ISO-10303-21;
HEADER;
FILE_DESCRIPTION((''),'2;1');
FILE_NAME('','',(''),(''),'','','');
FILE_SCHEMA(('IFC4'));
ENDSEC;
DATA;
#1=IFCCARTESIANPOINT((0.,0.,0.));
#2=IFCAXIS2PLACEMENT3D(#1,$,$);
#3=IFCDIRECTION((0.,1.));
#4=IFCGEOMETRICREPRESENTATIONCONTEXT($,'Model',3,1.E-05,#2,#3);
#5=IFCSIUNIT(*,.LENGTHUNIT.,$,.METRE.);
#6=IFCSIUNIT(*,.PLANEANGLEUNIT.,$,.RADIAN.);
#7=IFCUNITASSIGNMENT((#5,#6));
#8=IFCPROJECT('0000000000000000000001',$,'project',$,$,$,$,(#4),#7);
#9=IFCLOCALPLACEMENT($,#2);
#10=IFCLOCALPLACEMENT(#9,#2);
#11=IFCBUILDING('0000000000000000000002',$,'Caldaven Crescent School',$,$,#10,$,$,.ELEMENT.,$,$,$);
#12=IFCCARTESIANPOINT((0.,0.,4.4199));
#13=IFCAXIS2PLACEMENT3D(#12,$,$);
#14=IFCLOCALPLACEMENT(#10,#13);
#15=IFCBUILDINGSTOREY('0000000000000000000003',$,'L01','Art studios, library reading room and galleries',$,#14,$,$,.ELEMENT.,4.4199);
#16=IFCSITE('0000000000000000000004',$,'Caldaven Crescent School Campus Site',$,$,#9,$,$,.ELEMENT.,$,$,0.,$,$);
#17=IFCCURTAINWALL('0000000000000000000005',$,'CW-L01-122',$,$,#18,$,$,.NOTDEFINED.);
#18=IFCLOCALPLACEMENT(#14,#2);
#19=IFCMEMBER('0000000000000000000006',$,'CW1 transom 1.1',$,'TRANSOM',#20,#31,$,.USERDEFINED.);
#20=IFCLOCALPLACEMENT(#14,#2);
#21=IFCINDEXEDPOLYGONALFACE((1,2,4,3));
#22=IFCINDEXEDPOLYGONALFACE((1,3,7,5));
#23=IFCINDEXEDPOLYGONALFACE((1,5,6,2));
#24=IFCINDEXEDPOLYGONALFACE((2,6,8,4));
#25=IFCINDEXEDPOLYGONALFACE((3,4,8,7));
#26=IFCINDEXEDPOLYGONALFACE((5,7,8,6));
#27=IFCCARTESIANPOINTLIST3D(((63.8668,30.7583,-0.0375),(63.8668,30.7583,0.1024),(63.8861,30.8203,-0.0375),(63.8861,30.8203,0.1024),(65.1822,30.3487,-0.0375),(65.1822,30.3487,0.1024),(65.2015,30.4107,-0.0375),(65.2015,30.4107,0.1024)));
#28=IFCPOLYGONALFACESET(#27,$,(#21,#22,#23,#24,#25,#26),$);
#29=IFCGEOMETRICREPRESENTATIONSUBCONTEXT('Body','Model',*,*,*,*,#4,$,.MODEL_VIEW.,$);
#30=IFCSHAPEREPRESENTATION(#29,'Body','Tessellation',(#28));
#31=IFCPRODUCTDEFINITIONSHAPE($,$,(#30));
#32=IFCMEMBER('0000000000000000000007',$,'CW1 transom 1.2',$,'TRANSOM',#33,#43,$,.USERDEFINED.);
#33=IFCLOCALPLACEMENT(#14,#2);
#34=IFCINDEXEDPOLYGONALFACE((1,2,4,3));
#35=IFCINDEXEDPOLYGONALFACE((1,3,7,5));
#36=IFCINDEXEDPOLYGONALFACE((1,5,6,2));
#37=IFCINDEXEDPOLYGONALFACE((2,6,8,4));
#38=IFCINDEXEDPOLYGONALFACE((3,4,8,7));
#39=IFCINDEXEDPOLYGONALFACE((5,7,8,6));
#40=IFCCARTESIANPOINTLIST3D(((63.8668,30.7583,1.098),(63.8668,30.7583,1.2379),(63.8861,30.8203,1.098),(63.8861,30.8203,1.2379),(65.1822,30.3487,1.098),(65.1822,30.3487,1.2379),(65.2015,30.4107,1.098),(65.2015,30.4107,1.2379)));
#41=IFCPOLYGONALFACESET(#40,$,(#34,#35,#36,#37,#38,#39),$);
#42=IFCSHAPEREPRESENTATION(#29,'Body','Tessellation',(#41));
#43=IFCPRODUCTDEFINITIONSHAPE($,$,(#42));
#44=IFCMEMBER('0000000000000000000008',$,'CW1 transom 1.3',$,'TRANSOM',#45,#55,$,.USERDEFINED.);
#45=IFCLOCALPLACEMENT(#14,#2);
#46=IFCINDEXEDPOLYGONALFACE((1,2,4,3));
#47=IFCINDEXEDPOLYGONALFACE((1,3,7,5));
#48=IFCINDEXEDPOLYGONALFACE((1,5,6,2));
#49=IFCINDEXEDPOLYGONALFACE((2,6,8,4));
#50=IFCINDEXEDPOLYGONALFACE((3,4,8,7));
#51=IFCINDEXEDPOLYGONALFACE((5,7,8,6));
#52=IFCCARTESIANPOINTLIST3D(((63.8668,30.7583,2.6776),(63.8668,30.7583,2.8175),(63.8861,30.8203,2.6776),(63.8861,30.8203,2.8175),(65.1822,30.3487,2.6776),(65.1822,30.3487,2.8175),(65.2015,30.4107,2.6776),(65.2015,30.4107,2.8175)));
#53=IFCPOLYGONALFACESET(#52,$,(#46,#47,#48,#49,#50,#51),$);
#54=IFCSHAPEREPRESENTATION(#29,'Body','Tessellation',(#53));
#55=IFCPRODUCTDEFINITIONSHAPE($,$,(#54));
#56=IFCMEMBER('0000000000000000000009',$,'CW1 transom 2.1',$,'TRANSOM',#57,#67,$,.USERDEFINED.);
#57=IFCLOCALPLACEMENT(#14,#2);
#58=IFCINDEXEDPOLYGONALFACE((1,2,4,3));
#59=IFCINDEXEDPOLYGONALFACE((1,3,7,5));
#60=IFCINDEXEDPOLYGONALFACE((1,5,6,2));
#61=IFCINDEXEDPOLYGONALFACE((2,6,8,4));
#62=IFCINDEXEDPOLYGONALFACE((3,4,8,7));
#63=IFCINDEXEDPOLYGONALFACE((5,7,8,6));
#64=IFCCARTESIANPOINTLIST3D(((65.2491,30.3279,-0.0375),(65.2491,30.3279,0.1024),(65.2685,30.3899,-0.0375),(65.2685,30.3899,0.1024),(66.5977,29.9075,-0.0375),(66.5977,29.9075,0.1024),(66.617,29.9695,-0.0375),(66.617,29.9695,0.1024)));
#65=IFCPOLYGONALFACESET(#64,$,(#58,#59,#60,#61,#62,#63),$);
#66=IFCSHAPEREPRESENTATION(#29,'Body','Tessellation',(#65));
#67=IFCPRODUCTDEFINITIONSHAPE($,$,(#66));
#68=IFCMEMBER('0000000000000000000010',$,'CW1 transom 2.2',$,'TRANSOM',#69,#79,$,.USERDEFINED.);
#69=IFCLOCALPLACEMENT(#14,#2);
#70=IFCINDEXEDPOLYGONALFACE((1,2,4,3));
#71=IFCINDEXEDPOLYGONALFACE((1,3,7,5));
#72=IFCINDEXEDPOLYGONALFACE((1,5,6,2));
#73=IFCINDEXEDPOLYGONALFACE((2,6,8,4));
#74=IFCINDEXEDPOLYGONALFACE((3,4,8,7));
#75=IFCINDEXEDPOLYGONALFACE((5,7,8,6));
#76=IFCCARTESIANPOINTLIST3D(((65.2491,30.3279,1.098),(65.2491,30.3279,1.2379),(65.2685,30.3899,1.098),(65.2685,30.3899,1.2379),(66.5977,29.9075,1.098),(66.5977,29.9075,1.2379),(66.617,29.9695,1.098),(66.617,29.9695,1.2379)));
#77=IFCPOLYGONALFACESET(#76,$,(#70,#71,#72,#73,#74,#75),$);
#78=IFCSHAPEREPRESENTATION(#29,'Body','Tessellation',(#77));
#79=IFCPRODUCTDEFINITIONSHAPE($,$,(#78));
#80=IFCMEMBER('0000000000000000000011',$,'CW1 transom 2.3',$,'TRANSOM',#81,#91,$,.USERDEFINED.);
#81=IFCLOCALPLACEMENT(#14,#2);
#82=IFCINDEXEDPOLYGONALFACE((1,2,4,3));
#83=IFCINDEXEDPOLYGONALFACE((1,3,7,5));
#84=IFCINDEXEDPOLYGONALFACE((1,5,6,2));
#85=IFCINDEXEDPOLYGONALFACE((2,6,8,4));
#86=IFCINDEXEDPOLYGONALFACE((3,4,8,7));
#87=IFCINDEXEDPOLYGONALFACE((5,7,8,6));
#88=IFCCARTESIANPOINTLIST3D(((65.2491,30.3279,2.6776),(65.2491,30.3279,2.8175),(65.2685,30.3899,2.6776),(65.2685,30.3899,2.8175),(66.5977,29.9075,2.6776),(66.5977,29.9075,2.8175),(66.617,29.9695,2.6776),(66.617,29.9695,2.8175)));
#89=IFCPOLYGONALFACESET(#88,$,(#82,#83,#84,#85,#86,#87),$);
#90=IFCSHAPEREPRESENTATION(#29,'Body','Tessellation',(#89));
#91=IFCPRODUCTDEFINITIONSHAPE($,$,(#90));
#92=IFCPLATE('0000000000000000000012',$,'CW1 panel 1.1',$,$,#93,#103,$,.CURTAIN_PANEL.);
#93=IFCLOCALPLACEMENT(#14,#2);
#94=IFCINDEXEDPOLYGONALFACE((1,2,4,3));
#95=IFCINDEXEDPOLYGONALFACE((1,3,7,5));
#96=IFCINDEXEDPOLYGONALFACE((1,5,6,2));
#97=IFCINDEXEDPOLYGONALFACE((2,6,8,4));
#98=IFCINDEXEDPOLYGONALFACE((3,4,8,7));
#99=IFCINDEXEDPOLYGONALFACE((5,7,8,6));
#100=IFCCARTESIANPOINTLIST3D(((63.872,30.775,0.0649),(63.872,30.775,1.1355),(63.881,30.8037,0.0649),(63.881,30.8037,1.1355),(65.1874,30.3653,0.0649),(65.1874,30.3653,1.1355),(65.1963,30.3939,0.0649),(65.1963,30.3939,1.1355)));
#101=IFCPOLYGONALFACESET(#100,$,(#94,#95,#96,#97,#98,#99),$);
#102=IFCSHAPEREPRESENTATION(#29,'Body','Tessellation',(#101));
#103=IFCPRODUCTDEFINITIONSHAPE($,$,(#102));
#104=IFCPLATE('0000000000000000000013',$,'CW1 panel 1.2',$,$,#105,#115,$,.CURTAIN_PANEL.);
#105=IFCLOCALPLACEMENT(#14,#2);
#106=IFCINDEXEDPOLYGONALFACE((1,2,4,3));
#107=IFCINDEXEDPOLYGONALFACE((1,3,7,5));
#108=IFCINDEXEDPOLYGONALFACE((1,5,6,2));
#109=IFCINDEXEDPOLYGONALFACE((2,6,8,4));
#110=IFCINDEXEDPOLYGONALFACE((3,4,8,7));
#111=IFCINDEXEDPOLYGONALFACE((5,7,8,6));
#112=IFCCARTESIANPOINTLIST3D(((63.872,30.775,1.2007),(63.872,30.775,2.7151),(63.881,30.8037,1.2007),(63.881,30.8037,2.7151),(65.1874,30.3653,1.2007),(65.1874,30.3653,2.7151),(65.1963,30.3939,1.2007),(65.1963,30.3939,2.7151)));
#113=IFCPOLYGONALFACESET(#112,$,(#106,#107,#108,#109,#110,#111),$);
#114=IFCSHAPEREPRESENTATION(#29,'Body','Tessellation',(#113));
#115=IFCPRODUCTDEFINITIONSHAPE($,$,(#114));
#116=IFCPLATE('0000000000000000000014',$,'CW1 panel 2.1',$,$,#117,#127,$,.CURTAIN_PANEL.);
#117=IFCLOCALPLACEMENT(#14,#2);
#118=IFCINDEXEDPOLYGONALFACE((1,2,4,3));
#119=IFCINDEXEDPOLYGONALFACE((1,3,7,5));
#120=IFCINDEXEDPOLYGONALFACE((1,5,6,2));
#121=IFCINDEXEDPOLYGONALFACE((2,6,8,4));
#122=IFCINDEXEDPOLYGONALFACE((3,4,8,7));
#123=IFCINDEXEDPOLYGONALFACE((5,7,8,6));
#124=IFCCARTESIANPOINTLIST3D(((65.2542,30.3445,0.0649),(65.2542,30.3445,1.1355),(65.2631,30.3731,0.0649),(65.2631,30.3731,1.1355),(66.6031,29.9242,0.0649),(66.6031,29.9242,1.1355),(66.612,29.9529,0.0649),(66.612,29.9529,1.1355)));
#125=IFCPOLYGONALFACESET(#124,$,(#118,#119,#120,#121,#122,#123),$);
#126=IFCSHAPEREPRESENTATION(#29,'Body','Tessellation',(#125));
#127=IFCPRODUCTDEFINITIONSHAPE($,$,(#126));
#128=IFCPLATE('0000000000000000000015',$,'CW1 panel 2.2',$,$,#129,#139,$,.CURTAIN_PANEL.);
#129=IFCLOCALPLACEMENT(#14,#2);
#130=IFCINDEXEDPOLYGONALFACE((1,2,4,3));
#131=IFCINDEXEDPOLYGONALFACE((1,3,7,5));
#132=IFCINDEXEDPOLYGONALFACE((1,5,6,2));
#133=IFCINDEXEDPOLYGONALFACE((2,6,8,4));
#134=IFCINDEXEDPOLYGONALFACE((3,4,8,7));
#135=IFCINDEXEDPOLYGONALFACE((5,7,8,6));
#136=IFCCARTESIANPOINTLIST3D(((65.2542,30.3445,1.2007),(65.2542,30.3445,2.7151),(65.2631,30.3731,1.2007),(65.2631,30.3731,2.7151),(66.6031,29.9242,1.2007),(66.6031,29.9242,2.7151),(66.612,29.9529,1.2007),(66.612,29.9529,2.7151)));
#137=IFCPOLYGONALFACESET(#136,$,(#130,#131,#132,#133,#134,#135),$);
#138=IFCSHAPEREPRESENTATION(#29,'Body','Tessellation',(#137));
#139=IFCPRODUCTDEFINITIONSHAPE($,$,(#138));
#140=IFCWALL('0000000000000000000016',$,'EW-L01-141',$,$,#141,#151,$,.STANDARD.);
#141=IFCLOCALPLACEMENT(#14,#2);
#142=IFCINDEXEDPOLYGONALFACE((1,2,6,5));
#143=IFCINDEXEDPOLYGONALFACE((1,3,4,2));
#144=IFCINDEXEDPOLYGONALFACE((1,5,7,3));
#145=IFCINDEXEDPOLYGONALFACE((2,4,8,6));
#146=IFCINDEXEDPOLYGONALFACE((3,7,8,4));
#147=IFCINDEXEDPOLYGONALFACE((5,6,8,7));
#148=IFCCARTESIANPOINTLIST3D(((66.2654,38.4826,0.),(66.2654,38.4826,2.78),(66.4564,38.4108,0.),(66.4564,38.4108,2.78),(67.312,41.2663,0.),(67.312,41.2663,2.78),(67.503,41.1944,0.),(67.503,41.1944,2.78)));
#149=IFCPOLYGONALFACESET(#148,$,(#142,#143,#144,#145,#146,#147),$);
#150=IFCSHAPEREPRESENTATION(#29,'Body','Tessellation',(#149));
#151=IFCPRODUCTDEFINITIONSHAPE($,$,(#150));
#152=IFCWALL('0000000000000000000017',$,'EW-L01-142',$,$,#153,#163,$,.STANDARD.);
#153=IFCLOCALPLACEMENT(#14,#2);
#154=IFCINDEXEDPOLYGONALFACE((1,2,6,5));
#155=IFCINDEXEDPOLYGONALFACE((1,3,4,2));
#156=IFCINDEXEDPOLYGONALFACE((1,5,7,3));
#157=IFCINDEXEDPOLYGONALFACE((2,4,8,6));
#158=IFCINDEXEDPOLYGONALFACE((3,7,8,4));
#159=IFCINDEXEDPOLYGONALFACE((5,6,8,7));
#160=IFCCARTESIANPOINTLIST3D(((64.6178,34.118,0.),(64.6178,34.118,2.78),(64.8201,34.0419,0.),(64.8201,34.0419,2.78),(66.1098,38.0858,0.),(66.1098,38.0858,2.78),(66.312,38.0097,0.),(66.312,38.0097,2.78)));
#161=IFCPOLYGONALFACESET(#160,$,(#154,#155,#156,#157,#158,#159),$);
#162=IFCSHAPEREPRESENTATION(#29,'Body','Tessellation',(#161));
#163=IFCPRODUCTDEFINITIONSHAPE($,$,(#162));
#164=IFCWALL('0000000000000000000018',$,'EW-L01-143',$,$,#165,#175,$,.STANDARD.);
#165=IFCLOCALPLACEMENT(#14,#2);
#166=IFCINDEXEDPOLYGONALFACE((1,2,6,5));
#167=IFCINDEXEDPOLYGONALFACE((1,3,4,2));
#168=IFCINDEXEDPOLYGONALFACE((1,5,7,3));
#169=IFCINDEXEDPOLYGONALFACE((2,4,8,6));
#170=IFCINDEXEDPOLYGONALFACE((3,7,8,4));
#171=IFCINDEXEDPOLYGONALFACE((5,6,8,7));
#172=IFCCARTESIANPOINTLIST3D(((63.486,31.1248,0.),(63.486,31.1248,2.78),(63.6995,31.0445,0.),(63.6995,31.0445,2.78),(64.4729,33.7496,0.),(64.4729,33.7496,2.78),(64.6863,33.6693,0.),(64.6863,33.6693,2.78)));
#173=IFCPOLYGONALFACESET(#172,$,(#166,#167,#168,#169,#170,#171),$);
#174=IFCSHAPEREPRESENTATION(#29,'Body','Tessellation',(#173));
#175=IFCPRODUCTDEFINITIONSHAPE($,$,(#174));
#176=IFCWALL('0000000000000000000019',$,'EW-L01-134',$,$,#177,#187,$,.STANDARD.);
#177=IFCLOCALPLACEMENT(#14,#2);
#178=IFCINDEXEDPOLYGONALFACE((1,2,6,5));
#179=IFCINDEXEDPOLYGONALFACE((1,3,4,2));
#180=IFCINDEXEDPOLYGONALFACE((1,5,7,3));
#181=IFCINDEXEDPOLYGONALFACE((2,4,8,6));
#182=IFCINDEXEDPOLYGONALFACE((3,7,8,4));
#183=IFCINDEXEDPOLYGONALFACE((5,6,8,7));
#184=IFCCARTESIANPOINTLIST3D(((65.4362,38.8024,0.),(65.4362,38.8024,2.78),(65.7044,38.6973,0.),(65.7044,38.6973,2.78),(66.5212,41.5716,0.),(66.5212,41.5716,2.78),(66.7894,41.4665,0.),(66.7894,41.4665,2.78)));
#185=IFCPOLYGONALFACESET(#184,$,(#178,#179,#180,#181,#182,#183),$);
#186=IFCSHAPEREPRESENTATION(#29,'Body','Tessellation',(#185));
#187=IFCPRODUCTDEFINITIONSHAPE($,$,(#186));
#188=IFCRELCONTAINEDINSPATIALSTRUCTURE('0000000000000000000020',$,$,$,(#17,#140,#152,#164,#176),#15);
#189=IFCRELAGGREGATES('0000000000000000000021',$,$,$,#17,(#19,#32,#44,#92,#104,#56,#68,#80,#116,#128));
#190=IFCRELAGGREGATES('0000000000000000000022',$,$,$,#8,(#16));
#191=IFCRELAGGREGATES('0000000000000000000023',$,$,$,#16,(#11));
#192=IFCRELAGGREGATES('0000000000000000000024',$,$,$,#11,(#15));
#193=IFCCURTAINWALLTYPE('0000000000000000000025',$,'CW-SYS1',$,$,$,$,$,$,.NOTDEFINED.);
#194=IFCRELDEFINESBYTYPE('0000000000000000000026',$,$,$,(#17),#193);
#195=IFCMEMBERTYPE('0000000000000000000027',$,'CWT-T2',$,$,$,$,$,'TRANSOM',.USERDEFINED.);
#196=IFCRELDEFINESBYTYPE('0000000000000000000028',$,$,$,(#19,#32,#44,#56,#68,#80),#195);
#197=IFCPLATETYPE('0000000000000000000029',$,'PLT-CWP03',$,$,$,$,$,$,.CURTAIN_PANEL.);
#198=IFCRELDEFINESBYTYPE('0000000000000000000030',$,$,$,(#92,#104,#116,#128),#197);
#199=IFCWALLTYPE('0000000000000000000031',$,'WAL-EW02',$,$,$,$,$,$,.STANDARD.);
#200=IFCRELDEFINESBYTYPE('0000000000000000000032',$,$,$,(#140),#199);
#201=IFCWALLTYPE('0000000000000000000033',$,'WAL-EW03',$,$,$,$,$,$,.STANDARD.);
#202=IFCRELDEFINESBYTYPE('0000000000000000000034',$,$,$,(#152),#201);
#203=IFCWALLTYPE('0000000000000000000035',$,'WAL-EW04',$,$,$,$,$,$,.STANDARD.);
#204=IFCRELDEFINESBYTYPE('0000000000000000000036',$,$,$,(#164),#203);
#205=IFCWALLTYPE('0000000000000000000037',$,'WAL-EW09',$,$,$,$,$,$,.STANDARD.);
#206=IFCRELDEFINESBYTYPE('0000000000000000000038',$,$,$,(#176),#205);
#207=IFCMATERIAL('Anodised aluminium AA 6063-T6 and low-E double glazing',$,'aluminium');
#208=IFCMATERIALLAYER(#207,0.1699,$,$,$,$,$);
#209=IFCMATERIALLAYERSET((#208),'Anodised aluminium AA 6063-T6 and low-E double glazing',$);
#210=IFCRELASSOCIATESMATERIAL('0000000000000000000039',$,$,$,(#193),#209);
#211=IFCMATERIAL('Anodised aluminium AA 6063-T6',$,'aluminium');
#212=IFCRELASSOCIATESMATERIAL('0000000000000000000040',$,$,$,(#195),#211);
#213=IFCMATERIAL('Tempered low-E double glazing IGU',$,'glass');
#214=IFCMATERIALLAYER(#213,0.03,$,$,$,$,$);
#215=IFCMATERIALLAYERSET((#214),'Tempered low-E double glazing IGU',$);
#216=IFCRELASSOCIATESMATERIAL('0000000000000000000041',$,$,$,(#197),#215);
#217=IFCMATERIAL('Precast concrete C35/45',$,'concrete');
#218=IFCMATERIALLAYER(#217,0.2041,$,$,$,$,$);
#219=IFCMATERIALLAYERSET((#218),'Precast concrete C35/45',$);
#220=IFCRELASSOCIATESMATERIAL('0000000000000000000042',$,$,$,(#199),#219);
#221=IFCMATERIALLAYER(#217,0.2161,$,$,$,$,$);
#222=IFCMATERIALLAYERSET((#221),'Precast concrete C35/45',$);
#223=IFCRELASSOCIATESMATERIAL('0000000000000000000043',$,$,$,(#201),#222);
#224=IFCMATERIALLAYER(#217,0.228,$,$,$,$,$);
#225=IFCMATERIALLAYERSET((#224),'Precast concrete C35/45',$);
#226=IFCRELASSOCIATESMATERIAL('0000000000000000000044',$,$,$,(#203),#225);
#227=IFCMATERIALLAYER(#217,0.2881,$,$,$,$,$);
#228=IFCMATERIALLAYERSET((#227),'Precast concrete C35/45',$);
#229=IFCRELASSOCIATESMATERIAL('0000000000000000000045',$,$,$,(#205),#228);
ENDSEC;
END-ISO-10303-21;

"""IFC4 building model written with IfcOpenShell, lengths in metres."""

from ifc_helpers import new_model, si_unit, direction, frame, frame_2d, origin, origin_2d, place, context, subcontext, project, spatial, rectangle, extrude, material, layer, layer_set, material_profile, profile_set, type_object, element, aggregate, save


model = new_model("IFC4")

# Units and contexts
model_context = context("Model", 3, precision=1e-05, world=origin(), true_north=direction((0.0, 1.0)))
body_context = subcontext(model_context, "Body", "Model", "MODEL_VIEW")
ifc_project = project(units=[si_unit("LENGTHUNIT", "METRE"), si_unit("PLANEANGLEUNIT", "RADIAN")], contexts=[model_context])

# Site, building, storey
site_placement = place(None, origin())
site = spatial("IfcSite", under=ifc_project, at=site_placement, Name="Caldaven Crescent School Campus Site", CompositionType="ELEMENT", RefElevation=0.0)
building_placement = place(site_placement, origin())
building = spatial("IfcBuilding", under=site, at=building_placement, Name="Caldaven Crescent School", CompositionType="ELEMENT")
storey_placement = place(building_placement, frame((0.0, 0.0, 4.4199)))
storey = spatial("IfcBuildingStorey", under=building, at=storey_placement, Name="L01", Description="Art studios, library reading room and galleries", CompositionType="ELEMENT", Elevation=4.4199)

# Curtain wall, members, plates
ifc_material_1 = material(Name="Anodised aluminium AA 6063-T6 and low-E double glazing", Category="aluminium")
ifc_layer_1 = layer(ifc_material_1, 0.1699)
ifc_layer_set_1 = layer_set([ifc_layer_1], Name="Anodised aluminium AA 6063-T6 and low-E double glazing")
curtain_wall_type = type_object("IfcCurtainWallType", Name="CW-SYS1", PredefinedType="NOTDEFINED", material=ifc_layer_set_1)
curtain_wall_placement = place(storey_placement, origin())
curtain_wall = element("IfcCurtainWall", 1, at=curtain_wall_placement, inside=storey, type_object=curtain_wall_type, Name="CW-L01-122", PredefinedType="NOTDEFINED")
ifc_material_2 = material(Name="Anodised aluminium AA 6063-T6", Category="aluminium")
ifc_material_profile_1 = material_profile(ifc_material_2, rectangle(XDim=0.0649, YDim=0.1399, at=origin_2d()), Name="CWT 65x140")
ifc_profile_set_1 = profile_set([ifc_material_profile_1], Name="Anodised aluminium AA 6063-T6")
member_type_1 = type_object("IfcMemberType", Name="CWT-T2", ElementType="TRANSOM", PredefinedType="USERDEFINED", material=ifc_profile_set_1)
member_1_placement = place(storey_placement, frame((63.8765, 30.7893, 0.0325), z_axis=(0.95477, -0.297347, 0.0), x_axis=(0.297347, 0.95477, 0.0)))
member_1 = element("IfcMember", 2, at=member_1_placement, type_object=member_type_1, Name="CW1 transom 1.1", ObjectType="TRANSOM", PredefinedType="USERDEFINED", context=body_context, shape_type="SweptSolid", body=[
    extrude(rectangle(XDim=0.0649, YDim=0.1399, at=origin_2d()), origin(), (0.0, 0.0, 1.0), 1.3777),
])
member_2_placement = place(storey_placement, frame((63.8765, 30.7893, 1.168), z_axis=(0.95477, -0.297347, 0.0), x_axis=(0.297347, 0.95477, 0.0)))
member_2 = element("IfcMember", 3, at=member_2_placement, type_object=member_type_1, Name="CW1 transom 1.2", ObjectType="TRANSOM", PredefinedType="USERDEFINED", context=body_context, shape_type="SweptSolid", body=[
    extrude(rectangle(XDim=0.0649, YDim=0.1399, at=origin_2d()), origin(), (0.0, 0.0, 1.0), 1.3777),
])
member_3_placement = place(storey_placement, frame((63.8765, 30.7893, 2.7476), z_axis=(0.95477, -0.297347, 0.0), x_axis=(0.297347, 0.95477, 0.0)))
member_3 = element("IfcMember", 4, at=member_3_placement, type_object=member_type_1, Name="CW1 transom 1.3", ObjectType="TRANSOM", PredefinedType="USERDEFINED", context=body_context, shape_type="SweptSolid", body=[
    extrude(rectangle(XDim=0.0649, YDim=0.1399, at=origin_2d()), origin(), (0.0, 0.0, 1.0), 1.3777),
])
member_4_placement = place(storey_placement, frame((65.2588, 30.3589, 0.0325), z_axis=(0.954689, -0.297606, 0.0), x_axis=(0.297606, 0.954689, 0.0)))
member_4 = element("IfcMember", 5, at=member_4_placement, type_object=member_type_1, Name="CW1 transom 2.1", ObjectType="TRANSOM", PredefinedType="USERDEFINED", context=body_context, shape_type="SweptSolid", body=[
    extrude(rectangle(XDim=0.0649, YDim=0.1399, at=origin_2d()), origin(), (0.0, 0.0, 1.0), 1.4126),
])
member_5_placement = place(storey_placement, frame((65.2588, 30.3589, 1.168), z_axis=(0.954689, -0.297606, 0.0), x_axis=(0.297606, 0.954689, 0.0)))
member_5 = element("IfcMember", 6, at=member_5_placement, type_object=member_type_1, Name="CW1 transom 2.2", ObjectType="TRANSOM", PredefinedType="USERDEFINED", context=body_context, shape_type="SweptSolid", body=[
    extrude(rectangle(XDim=0.0649, YDim=0.1399, at=origin_2d()), origin(), (0.0, 0.0, 1.0), 1.4126),
])
member_6_placement = place(storey_placement, frame((65.2588, 30.3589, 2.7476), z_axis=(0.954689, -0.297606, 0.0), x_axis=(0.297606, 0.954689, 0.0)))
member_6 = element("IfcMember", 7, at=member_6_placement, type_object=member_type_1, Name="CW1 transom 2.3", ObjectType="TRANSOM", PredefinedType="USERDEFINED", context=body_context, shape_type="SweptSolid", body=[
    extrude(rectangle(XDim=0.0649, YDim=0.1399, at=origin_2d()), origin(), (0.0, 0.0, 1.0), 1.4126),
])
ifc_material_3 = material(Name="Tempered low-E double glazing IGU", Category="glass")
ifc_layer_2 = layer(ifc_material_3, 0.03)
ifc_layer_set_2 = layer_set([ifc_layer_2], Name="Tempered low-E double glazing IGU")
plate_type = type_object("IfcPlateType", Name="PLT-CWP03", PredefinedType="CURTAIN_PANEL", material=ifc_layer_set_2)
plate_1_placement = place(storey_placement, frame((64.5342, 30.5845, 0.0649), z_axis=(0.0, 0.0, 1.0), x_axis=(0.954747, -0.29742, 0.0)))
plate_1 = element("IfcPlate", 8, at=plate_1_placement, type_object=plate_type, Name="CW1 panel 1.1", PredefinedType="CURTAIN_PANEL", context=body_context, shape_type="SweptSolid", body=[
    extrude(rectangle(XDim=1.3777, YDim=0.03, at=origin_2d()), origin(), (0.0, 0.0, 1.0), 1.0706),
])
plate_2_placement = place(storey_placement, frame((64.5342, 30.5845, 1.2007), z_axis=(0.0, 0.0, 1.0), x_axis=(0.954747, -0.29742, 0.0)))
plate_2 = element("IfcPlate", 9, at=plate_2_placement, type_object=plate_type, Name="CW1 panel 1.2", PredefinedType="CURTAIN_PANEL", context=body_context, shape_type="SweptSolid", body=[
    extrude(rectangle(XDim=1.3777, YDim=0.03, at=origin_2d()), origin(), (0.0, 0.0, 1.0), 1.5144),
])
plate_3_placement = place(storey_placement, frame((65.9331, 30.1487, 0.0649), z_axis=(0.0, 0.0, 1.0), x_axis=(0.954747, -0.29742, 0.0)))
plate_3 = element("IfcPlate", 10, at=plate_3_placement, type_object=plate_type, Name="CW1 panel 2.1", PredefinedType="CURTAIN_PANEL", context=body_context, shape_type="SweptSolid", body=[
    extrude(rectangle(XDim=1.4128, YDim=0.03, at=origin_2d()), origin(), (0.0, 0.0, 1.0), 1.0706),
])
plate_4_placement = place(storey_placement, frame((65.9331, 30.1487, 1.2007), z_axis=(0.0, 0.0, 1.0), x_axis=(0.954747, -0.29742, 0.0)))
plate_4 = element("IfcPlate", 11, at=plate_4_placement, type_object=plate_type, Name="CW1 panel 2.2", PredefinedType="CURTAIN_PANEL", context=body_context, shape_type="SweptSolid", body=[
    extrude(rectangle(XDim=1.4128, YDim=0.03, at=origin_2d()), origin(), (0.0, 0.0, 1.0), 1.5144),
])
aggregate(curtain_wall, [member_1, member_2, member_3, plate_1, plate_2, member_4, member_5, member_6, plate_3, plate_4])

# Walls
ifc_material_4 = material(Name="Precast concrete C35/45", Category="concrete")
ifc_layer_3 = layer(ifc_material_4, 0.2041)
ifc_layer_set_3 = layer_set([ifc_layer_3], Name="Precast concrete C35/45")
wall_type_1 = type_object("IfcWallType", Name="WAL-EW02", PredefinedType="STANDARD", material=ifc_layer_set_3)
wall_1_placement = place(storey_placement, frame((67.4075, 41.2302, 0.0), z_axis=(0.0, 0.0, 1.0), x_axis=(-0.351933, -0.936025, 0.0)))
element("IfcWall", 12, at=wall_1_placement, inside=storey, type_object=wall_type_1, Name="EW-L01-141", PredefinedType="STANDARD", context=body_context, shape_type="SweptSolid", body=[
    extrude(rectangle(XDim=2.9739, YDim=0.2041, at=frame_2d((1.4868, 0.0))), origin(), (0.0, 0.0, 1.0), 2.78),
])
ifc_layer_4 = layer(ifc_material_4, 0.2161)
ifc_layer_set_4 = layer_set([ifc_layer_4], Name="Precast concrete C35/45")
wall_type_2 = type_object("IfcWallType", Name="WAL-EW03", PredefinedType="STANDARD", material=ifc_layer_set_4)
wall_2_placement = place(storey_placement, frame((66.2109, 38.0479, 0.0), z_axis=(0.0, 0.0, 1.0), x_axis=(-0.351956, -0.936016, 0.0)))
element("IfcWall", 13, at=wall_2_placement, inside=storey, type_object=wall_type_2, Name="EW-L01-142", PredefinedType="STANDARD", context=body_context, shape_type="SweptSolid", body=[
    extrude(rectangle(XDim=4.239, YDim=0.2161, at=frame_2d((2.1196, 0.0))), origin(), (0.0, 0.0, 1.0), 2.78),
])
ifc_layer_5 = layer(ifc_material_4, 0.228)
ifc_layer_set_5 = layer_set([ifc_layer_5], Name="Precast concrete C35/45")
wall_type_3 = type_object("IfcWallType", Name="WAL-EW04", PredefinedType="STANDARD", material=ifc_layer_set_5)
wall_3_placement = place(storey_placement, frame((64.5796, 33.7095, 0.0), z_axis=(0.0, 0.0, 1.0), x_axis=(-0.351915, -0.936032, 0.0)))
element("IfcWall", 14, at=wall_3_placement, inside=storey, type_object=wall_type_3, Name="EW-L01-143", PredefinedType="STANDARD", context=body_context, shape_type="SweptSolid", body=[
    extrude(rectangle(XDim=2.8042, YDim=0.228, at=frame_2d((1.4021, 0.0))), origin(), (0.0, 0.0, 1.0), 2.78),
])
ifc_layer_6 = layer(ifc_material_4, 0.2881)
ifc_layer_set_6 = layer_set([ifc_layer_6], Name="Precast concrete C35/45")
wall_type_4 = type_object("IfcWallType", Name="WAL-EW09", PredefinedType="STANDARD", material=ifc_layer_set_6)
wall_4_placement = place(storey_placement, frame((66.6553, 41.519, 0.0), z_axis=(0.0, 0.0, 1.0), x_axis=(-0.364814, -0.93108, 0.0)))
element("IfcWall", 15, at=wall_4_placement, inside=storey, type_object=wall_type_4, Name="EW-L01-134", PredefinedType="STANDARD", context=body_context, shape_type="SweptSolid", body=[
    extrude(rectangle(XDim=2.9741, YDim=0.2881, at=frame_2d((1.4871, 0.0))), origin(), (0.0, 0.0, 1.0), 2.78),
])

save(model, "model.ifc")
